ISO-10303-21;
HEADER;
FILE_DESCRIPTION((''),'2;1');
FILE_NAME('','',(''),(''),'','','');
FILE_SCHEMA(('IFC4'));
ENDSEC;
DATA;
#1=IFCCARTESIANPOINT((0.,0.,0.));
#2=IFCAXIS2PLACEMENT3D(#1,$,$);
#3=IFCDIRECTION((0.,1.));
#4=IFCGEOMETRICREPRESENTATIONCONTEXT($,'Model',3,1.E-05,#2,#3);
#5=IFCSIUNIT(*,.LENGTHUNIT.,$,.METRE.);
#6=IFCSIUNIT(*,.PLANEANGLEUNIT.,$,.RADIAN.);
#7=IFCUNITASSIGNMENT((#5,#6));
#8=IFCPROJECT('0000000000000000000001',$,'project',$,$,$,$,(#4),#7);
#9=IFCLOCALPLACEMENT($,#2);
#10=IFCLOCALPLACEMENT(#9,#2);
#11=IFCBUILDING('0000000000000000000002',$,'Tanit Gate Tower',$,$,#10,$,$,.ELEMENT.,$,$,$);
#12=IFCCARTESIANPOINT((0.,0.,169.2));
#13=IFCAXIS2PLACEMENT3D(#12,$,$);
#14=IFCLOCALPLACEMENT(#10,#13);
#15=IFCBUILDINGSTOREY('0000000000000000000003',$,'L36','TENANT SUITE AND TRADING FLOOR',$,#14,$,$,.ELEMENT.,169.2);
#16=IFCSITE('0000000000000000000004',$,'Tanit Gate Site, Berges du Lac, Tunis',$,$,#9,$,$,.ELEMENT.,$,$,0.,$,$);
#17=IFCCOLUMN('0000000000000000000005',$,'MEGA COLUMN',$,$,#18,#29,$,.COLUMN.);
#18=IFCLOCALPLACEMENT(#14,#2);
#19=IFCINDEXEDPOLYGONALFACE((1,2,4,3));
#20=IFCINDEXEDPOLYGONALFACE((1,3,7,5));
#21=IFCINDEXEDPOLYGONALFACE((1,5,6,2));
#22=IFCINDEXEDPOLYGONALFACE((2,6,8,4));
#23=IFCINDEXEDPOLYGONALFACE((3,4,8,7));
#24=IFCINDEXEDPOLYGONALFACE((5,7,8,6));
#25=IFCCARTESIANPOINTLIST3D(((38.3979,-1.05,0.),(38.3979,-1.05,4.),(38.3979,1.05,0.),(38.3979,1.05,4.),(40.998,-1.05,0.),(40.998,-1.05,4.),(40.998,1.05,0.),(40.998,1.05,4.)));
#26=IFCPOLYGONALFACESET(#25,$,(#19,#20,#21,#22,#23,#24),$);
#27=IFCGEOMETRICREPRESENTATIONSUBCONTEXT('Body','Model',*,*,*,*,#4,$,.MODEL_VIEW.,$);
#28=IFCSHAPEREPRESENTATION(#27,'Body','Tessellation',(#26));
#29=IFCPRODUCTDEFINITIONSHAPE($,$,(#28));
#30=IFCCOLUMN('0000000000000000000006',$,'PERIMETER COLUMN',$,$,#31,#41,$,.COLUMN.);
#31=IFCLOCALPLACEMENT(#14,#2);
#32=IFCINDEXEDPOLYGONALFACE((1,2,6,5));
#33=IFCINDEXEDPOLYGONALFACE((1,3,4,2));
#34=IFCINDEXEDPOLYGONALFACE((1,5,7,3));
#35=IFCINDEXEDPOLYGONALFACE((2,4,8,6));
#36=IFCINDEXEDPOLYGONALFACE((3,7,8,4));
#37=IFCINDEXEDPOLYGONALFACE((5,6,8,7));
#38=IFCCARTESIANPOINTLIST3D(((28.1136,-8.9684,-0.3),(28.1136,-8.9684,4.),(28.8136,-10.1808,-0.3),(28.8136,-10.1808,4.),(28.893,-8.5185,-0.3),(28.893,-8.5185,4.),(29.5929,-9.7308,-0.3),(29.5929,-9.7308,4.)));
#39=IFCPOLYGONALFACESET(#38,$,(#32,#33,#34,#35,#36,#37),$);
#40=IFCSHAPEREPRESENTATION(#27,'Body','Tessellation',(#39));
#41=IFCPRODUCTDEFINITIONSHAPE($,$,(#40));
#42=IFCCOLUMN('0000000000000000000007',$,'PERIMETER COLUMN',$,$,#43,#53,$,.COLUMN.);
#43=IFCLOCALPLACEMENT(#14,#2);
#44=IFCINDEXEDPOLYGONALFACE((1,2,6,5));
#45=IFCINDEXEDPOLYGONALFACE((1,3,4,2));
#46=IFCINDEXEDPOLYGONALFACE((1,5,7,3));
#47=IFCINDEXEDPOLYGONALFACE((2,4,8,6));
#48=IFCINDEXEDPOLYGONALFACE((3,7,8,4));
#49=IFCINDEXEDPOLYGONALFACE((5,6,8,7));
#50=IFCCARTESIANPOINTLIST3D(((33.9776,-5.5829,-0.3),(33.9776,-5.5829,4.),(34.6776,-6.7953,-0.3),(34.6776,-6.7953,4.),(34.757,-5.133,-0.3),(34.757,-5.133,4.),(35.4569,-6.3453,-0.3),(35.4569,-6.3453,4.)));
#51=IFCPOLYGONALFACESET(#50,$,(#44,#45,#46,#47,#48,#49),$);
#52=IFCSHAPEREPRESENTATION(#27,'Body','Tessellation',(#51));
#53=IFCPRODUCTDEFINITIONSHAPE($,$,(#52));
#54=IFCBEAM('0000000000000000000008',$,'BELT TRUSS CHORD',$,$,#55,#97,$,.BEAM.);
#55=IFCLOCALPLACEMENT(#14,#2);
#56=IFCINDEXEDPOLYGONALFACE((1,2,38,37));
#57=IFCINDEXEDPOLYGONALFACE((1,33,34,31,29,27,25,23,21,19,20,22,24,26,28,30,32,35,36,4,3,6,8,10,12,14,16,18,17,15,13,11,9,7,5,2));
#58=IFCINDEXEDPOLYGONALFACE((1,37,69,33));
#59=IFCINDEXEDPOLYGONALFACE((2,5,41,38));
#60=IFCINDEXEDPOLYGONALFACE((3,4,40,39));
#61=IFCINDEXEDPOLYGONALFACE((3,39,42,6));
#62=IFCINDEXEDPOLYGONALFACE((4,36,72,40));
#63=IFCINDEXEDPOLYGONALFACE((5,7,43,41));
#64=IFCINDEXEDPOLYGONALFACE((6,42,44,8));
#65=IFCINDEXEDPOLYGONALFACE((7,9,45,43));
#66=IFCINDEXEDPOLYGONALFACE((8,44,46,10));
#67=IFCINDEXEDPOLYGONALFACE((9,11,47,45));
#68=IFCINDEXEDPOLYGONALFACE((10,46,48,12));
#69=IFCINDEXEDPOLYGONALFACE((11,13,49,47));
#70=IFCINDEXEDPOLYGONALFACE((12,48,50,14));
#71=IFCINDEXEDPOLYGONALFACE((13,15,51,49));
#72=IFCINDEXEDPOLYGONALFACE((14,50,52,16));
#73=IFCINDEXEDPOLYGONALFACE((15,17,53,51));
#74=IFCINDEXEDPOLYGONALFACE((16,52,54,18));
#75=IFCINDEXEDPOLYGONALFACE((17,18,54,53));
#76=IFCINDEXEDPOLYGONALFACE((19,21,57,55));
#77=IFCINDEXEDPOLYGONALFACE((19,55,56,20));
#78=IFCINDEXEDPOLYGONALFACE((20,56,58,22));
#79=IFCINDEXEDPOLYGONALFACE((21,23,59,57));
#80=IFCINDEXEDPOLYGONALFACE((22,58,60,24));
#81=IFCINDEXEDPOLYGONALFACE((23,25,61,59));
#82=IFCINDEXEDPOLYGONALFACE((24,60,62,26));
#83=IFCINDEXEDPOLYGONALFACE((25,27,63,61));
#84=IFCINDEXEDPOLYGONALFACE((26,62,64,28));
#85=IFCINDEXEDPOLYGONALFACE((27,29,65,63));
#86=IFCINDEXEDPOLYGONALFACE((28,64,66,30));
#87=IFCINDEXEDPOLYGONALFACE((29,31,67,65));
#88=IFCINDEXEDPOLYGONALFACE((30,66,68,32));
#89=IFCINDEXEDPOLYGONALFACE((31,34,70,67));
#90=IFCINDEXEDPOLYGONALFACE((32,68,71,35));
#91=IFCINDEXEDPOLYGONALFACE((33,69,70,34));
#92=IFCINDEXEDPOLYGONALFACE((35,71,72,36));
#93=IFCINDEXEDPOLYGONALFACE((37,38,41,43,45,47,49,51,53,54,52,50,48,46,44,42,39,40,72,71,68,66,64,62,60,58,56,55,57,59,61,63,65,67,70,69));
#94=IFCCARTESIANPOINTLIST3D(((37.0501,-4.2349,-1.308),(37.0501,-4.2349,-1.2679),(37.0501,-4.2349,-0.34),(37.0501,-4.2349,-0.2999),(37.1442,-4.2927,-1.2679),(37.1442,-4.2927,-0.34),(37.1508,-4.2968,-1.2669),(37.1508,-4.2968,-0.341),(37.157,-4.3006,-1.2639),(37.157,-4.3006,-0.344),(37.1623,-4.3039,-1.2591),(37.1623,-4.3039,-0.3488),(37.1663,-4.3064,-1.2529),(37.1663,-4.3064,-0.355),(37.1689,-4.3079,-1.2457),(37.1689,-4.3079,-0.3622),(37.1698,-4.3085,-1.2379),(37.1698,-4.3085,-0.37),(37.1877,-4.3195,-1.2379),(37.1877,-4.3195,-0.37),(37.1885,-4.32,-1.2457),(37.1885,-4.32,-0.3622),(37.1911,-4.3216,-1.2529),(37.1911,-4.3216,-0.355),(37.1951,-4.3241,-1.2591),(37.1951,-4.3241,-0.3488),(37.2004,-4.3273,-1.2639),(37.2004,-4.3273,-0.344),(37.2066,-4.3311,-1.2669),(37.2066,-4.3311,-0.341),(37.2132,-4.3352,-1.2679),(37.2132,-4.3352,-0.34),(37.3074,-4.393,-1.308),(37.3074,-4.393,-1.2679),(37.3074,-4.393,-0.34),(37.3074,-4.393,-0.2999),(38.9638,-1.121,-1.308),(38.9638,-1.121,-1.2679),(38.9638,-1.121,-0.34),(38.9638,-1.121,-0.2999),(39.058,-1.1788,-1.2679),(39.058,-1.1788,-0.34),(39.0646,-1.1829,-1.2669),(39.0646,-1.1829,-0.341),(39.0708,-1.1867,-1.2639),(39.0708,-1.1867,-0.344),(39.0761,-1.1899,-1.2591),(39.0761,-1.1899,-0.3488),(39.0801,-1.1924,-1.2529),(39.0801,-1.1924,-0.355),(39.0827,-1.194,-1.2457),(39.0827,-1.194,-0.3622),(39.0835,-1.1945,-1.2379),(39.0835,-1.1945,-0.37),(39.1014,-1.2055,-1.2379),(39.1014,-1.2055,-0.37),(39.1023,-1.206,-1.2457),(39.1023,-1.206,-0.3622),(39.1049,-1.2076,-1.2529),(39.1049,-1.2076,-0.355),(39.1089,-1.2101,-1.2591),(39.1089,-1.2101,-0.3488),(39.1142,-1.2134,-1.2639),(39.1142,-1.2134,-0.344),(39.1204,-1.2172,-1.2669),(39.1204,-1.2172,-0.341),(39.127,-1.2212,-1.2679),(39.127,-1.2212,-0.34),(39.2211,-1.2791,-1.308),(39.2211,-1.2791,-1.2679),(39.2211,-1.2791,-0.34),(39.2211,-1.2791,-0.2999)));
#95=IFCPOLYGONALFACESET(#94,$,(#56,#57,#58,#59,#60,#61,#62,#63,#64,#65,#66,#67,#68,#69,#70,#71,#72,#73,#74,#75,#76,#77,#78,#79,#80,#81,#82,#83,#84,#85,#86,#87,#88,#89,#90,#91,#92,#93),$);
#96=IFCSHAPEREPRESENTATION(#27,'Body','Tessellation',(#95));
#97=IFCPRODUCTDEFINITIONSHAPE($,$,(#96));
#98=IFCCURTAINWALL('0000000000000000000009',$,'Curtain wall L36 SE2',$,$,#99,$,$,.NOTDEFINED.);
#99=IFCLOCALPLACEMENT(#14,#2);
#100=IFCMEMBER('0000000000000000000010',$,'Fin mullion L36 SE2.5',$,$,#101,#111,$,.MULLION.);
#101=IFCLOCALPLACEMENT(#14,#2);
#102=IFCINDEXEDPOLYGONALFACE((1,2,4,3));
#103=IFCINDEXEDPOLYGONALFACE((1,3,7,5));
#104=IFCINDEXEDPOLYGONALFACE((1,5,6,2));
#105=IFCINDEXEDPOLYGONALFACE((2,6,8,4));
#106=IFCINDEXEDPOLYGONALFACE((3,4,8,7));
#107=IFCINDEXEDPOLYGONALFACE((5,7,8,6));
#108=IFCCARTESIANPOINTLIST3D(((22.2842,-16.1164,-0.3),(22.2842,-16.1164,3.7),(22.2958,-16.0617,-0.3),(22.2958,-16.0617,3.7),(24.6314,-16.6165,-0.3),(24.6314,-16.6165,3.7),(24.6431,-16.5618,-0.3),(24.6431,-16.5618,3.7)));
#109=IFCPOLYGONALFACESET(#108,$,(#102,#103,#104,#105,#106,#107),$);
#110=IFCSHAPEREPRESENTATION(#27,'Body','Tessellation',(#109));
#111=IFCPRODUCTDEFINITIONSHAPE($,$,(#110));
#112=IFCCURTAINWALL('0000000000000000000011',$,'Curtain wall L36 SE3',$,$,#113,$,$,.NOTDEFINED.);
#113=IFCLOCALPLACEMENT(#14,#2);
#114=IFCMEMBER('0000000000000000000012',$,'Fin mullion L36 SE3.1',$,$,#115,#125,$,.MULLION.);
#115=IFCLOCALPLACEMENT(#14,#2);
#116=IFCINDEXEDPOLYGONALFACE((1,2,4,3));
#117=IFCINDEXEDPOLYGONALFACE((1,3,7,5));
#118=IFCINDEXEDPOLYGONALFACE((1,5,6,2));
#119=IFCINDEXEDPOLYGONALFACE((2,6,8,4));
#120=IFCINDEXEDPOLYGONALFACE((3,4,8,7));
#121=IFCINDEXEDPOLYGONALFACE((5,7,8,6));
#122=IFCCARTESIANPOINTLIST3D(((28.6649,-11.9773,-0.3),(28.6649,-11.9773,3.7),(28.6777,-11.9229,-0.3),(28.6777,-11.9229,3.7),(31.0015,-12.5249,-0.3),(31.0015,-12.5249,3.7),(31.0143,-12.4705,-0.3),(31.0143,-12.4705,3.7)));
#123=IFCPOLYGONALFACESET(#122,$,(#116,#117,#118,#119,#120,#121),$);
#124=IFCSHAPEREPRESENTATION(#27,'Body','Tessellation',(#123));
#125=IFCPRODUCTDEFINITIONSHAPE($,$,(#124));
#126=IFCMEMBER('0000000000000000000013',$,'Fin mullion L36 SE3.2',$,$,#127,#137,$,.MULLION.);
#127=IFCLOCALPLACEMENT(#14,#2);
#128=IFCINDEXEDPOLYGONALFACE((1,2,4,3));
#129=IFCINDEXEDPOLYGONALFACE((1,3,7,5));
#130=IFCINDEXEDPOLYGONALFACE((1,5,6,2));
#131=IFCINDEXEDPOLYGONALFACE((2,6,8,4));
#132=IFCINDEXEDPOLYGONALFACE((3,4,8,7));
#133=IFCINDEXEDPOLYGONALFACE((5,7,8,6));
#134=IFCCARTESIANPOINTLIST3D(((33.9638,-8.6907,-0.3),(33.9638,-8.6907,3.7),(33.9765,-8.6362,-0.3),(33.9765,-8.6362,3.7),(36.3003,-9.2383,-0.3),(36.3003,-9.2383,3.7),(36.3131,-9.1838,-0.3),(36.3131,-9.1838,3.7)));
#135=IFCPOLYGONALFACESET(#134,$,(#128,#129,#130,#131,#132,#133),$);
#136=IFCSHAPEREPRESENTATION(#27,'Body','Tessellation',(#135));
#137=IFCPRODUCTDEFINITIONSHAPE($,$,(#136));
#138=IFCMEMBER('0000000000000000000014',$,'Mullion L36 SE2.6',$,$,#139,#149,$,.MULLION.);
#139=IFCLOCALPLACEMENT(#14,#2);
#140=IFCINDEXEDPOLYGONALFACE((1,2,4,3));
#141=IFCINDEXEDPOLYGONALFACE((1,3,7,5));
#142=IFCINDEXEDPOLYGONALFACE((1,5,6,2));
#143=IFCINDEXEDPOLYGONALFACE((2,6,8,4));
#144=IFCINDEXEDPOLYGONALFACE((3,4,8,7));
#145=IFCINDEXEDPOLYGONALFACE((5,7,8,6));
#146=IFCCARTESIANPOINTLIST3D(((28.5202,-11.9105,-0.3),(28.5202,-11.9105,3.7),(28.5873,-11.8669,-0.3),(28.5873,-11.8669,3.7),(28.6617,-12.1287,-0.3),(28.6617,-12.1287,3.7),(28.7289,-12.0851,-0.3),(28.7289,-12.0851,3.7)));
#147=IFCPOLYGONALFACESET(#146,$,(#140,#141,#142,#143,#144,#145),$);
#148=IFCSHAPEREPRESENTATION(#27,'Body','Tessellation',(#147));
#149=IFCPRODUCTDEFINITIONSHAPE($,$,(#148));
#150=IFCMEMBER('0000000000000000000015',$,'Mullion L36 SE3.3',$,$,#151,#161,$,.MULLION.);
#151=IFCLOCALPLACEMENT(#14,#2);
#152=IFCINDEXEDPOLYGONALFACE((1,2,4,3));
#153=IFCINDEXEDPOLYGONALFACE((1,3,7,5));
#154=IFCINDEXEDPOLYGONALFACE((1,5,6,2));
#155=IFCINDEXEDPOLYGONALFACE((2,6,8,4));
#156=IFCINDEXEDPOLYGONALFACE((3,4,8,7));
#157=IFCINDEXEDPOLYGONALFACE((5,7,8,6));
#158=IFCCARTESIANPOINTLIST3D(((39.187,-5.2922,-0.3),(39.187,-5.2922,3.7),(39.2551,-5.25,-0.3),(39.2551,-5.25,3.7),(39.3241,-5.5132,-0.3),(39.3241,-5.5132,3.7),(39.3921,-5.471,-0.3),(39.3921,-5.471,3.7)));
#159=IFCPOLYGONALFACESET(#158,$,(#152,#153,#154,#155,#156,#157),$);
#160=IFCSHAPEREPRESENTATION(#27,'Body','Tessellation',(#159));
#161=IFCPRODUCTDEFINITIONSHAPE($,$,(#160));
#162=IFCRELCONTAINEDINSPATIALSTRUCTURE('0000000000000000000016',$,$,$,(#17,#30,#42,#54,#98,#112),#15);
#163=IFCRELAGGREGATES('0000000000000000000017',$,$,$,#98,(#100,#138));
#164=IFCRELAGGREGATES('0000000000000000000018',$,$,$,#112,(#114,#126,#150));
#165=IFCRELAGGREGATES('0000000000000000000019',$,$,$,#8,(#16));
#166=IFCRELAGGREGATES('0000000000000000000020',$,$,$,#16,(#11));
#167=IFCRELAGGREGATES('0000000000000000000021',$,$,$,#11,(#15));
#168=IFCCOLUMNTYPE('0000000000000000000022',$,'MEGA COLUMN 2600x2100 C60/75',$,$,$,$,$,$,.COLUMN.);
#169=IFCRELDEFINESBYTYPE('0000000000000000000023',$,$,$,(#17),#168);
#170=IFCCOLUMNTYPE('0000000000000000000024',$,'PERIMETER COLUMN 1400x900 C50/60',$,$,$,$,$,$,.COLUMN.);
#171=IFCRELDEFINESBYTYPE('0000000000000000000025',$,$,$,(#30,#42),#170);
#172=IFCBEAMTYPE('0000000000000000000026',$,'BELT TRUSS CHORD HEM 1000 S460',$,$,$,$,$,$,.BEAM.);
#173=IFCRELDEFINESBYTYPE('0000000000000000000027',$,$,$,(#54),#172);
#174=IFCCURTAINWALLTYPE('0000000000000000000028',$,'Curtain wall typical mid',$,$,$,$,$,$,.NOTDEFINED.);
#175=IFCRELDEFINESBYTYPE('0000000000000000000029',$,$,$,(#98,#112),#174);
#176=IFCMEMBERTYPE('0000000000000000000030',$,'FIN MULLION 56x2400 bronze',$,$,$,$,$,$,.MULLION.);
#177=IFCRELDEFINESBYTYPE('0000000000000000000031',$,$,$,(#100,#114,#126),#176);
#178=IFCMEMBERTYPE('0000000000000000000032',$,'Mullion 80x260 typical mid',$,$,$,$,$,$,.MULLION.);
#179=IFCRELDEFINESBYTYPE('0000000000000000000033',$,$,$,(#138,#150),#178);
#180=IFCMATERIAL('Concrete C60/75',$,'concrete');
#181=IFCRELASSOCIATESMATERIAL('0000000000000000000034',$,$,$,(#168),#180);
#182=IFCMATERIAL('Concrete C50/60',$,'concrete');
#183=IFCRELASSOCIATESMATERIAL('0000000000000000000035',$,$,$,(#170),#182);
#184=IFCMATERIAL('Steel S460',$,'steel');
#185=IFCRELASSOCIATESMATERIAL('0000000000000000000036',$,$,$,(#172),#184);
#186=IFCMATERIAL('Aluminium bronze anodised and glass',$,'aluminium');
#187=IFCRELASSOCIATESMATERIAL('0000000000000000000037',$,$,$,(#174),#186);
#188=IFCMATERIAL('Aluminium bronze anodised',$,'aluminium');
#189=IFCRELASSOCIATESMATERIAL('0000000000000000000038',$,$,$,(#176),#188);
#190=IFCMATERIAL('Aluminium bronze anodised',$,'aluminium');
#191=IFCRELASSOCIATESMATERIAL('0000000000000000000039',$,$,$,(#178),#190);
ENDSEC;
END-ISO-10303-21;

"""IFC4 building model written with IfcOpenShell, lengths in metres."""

from ifc_helpers import new_model, si_unit, direction, frame, origin, origin_2d, place, context, subcontext, project, spatial, rectangle, i_section, extrude, material, material_profile, profile_set, type_object, element, aggregate, save


model = new_model("IFC4")

# Units and contexts
model_context = context("Model", 3, precision=1e-05, world=origin(), true_north=direction((0.0, 1.0)))
body_context = subcontext(model_context, "Body", "Model", "MODEL_VIEW")
ifc_project = project(units=[si_unit("LENGTHUNIT", "METRE"), si_unit("PLANEANGLEUNIT", "RADIAN")], contexts=[model_context])

# Site, building, storey
site_placement = place(None, origin())
site = spatial("IfcSite", under=ifc_project, at=site_placement, Name="Tanit Gate Site, Berges du Lac, Tunis", CompositionType="ELEMENT", RefElevation=0.0)
building_placement = place(site_placement, origin())
building = spatial("IfcBuilding", under=site, at=building_placement, Name="Tanit Gate Tower", CompositionType="ELEMENT")
storey_placement = place(building_placement, frame((0.0, 0.0, 169.2)))
storey = spatial("IfcBuildingStorey", under=building, at=storey_placement, Name="L36", Description="TENANT SUITE AND TRADING FLOOR", CompositionType="ELEMENT", Elevation=169.2)

# Columns
ifc_material_1 = material(Name="Concrete C60/75", Category="concrete")
ifc_material_profile_1 = material_profile(ifc_material_1, rectangle(XDim=2.6001, YDim=2.1001, at=origin_2d()), Name="RC 2600x2100")
ifc_profile_set_1 = profile_set([ifc_material_profile_1], Name="Concrete C60/75")
column_type_1 = type_object("IfcColumnType", Name="MEGA COLUMN 2600x2100 C60/75", PredefinedType="COLUMN", material=ifc_profile_set_1)
column_placement = place(storey_placement, frame((39.698, 0.0, 0.0), z_axis=(0.0, 0.0, 1.0), x_axis=(1.0, 0.0, 0.0)))
element("IfcColumn", 1, at=column_placement, inside=storey, type_object=column_type_1, Name="MEGA COLUMN", PredefinedType="COLUMN", context=body_context, shape_type="SweptSolid", body=[
    extrude(rectangle(XDim=2.6001, YDim=2.1001, at=origin_2d()), origin(), (0.0, 0.0, 1.0), 4.0),
])
ifc_material_2 = material(Name="Concrete C50/60", Category="concrete")
ifc_material_profile_2 = material_profile(ifc_material_2, rectangle(XDim=1.3999, YDim=0.8999, at=origin_2d()), Name="RC 1400x900")
ifc_profile_set_2 = profile_set([ifc_material_profile_2], Name="Concrete C50/60")
column_type_2 = type_object("IfcColumnType", Name="PERIMETER COLUMN 1400x900 C50/60", PredefinedType="COLUMN", material=ifc_profile_set_2)
for number, where, z_axis, x_axis, name in (
    (2, (28.8533, -9.3496, -0.3), (0.0, 0.0, 1.0), (0.5, -0.866025, 0.0), "PERIMETER COLUMN"),
    (3, (34.7173, -5.9641, -0.3), (0.0, 0.0, 1.0), (0.5, -0.866025, 0.0), "PERIMETER COLUMN"),
):
    element("IfcColumn", number, at=place(storey_placement, frame(where, z_axis=z_axis, x_axis=x_axis)), inside=storey, type_object=column_type_2, Name=name, PredefinedType="COLUMN", context=body_context, shape_type="SweptSolid", body=[
        extrude(rectangle(XDim=1.3999, YDim=0.8999, at=origin_2d()), origin(), (0.0, 0.0, 1.0), 4.3),
    ])

# Beam
ifc_material_3 = material(Name="Steel S460", Category="steel")
ifc_material_profile_3 = material_profile(ifc_material_3, i_section(OverallWidth=0.302, OverallDepth=1.0081, WebThickness=0.021, FlangeThickness=0.04, FilletRadius=0.03, at=origin_2d()), Name="HEM 1000")
ifc_profile_set_3 = profile_set([ifc_material_profile_3], Name="Steel S460")
beam_type_1 = type_object("IfcBeamType", Name="BELT TRUSS CHORD HEM 1000 S460", PredefinedType="BEAM", material=ifc_profile_set_3)
beam_1_placement = place(storey_placement, frame((37.1787, -4.314, -0.804), z_axis=(0.523602, 0.851963, 0.0), x_axis=(-0.851963, 0.523602, 0.0)))
element("IfcBeam", 4, at=beam_1_placement, inside=storey, type_object=beam_type_1, Name="BELT TRUSS CHORD", PredefinedType="BEAM", context=body_context, shape_type="SweptSolid", body=[
    extrude(i_section(OverallWidth=0.302, OverallDepth=1.0081, WebThickness=0.021, FlangeThickness=0.04, FilletRadius=0.03, at=origin_2d()), origin(), (0.0, 0.0, 1.0), 3.655),
])

# Curtain wall, member
ifc_material_4 = material(Name="Aluminium bronze anodised and glass", Category="aluminium")
curtain_wall_type = type_object("IfcCurtainWallType", Name="Curtain wall typical mid", PredefinedType="NOTDEFINED", material=ifc_material_4)
curtain_wall_1_placement = place(storey_placement, origin())
curtain_wall_1 = element("IfcCurtainWall", 5, at=curtain_wall_1_placement, inside=storey, type_object=curtain_wall_type, Name="Curtain wall L36 SE2", PredefinedType="NOTDEFINED")
ifc_material_5 = material(Name="Aluminium bronze anodised", Category="aluminium")
ifc_material_profile_4 = material_profile(ifc_material_5, rectangle(XDim=2.3999, YDim=0.0559, at=origin_2d()), Name="56x2400 bronze fin mullion")
ifc_profile_set_4 = profile_set([ifc_material_profile_4], Name="Aluminium bronze anodised")
member_type_1 = type_object("IfcMemberType", Name="FIN MULLION 56x2400 bronze", PredefinedType="MULLION", material=ifc_profile_set_4)
member_1_placement = place(storey_placement, frame((23.4636, -16.3391, -0.3), z_axis=(0.0, 0.0, 1.0), x_axis=(-0.978049, 0.208373, 0.0)))
member_1 = element("IfcMember", 6, at=member_1_placement, type_object=member_type_1, Name="Fin mullion L36 SE2.5", PredefinedType="MULLION", context=body_context, shape_type="SweptSolid", body=[
    extrude(rectangle(XDim=2.3999, YDim=0.0559, at=origin_2d()), origin(), (0.0, 0.0, 1.0), 4.0),
])

# Curtain wall, members
curtain_wall_2_placement = place(storey_placement, origin())
curtain_wall_2 = element("IfcCurtainWall", 7, at=curtain_wall_2_placement, inside=storey, type_object=curtain_wall_type, Name="Curtain wall L36 SE3", PredefinedType="NOTDEFINED")
member_2_placement = place(storey_placement, frame((29.8396, -12.2239, -0.3), z_axis=(0.0, 0.0, 1.0), x_axis=(-0.973618, 0.228184, 0.0)))
member_2 = element("IfcMember", 8, at=member_2_placement, type_object=member_type_1, Name="Fin mullion L36 SE3.1", PredefinedType="MULLION", context=body_context, shape_type="SweptSolid", body=[
    extrude(rectangle(XDim=2.3999, YDim=0.0559, at=origin_2d()), origin(), (0.0, 0.0, 1.0), 4.0),
])
member_3_placement = place(storey_placement, frame((35.1384, -8.9373, -0.3), z_axis=(0.0, 0.0, 1.0), x_axis=(-0.973618, 0.228184, 0.0)))
member_3 = element("IfcMember", 9, at=member_3_placement, type_object=member_type_1, Name="Fin mullion L36 SE3.2", PredefinedType="MULLION", context=body_context, shape_type="SweptSolid", body=[
    extrude(rectangle(XDim=2.3999, YDim=0.0559, at=origin_2d()), origin(), (0.0, 0.0, 1.0), 4.0),
])

# Members
ifc_material_6 = material(Name="Aluminium bronze anodised", Category="aluminium")
ifc_material_profile_5 = material_profile(ifc_material_6, rectangle(XDim=0.26, YDim=0.0801, at=origin_2d()), Name="80x260 bronze mullion")
ifc_profile_set_5 = profile_set([ifc_material_profile_5], Name="Aluminium bronze anodised")
member_type_2 = type_object("IfcMemberType", Name="Mullion 80x260 typical mid", PredefinedType="MULLION", material=ifc_profile_set_5)
member_4_placement = place(storey_placement, frame((28.6245, -11.9978, -0.3), z_axis=(0.0, 0.0, 1.0), x_axis=(-0.544243, 0.838927, 0.0)))
member_4 = element("IfcMember", 10, at=member_4_placement, type_object=member_type_2, Name="Mullion L36 SE2.6", PredefinedType="MULLION", context=body_context, shape_type="SweptSolid", body=[
    extrude(rectangle(XDim=0.26, YDim=0.0801, at=origin_2d()), origin(), (0.0, 0.0, 1.0), 4.0),
])
member_5_placement = place(storey_placement, frame((39.2896, -5.3816, -0.3), z_axis=(0.0, 0.0, 1.0), x_axis=(-0.527102, 0.849802, 0.0)))
member_5 = element("IfcMember", 11, at=member_5_placement, type_object=member_type_2, Name="Mullion L36 SE3.3", PredefinedType="MULLION", context=body_context, shape_type="SweptSolid", body=[
    extrude(rectangle(XDim=0.26, YDim=0.0801, at=origin_2d()), origin(), (0.0, 0.0, 1.0), 4.0),
])

aggregate(curtain_wall_1, [member_1, member_4])
aggregate(curtain_wall_2, [member_2, member_3, member_5])

save(model, "model.ifc")
